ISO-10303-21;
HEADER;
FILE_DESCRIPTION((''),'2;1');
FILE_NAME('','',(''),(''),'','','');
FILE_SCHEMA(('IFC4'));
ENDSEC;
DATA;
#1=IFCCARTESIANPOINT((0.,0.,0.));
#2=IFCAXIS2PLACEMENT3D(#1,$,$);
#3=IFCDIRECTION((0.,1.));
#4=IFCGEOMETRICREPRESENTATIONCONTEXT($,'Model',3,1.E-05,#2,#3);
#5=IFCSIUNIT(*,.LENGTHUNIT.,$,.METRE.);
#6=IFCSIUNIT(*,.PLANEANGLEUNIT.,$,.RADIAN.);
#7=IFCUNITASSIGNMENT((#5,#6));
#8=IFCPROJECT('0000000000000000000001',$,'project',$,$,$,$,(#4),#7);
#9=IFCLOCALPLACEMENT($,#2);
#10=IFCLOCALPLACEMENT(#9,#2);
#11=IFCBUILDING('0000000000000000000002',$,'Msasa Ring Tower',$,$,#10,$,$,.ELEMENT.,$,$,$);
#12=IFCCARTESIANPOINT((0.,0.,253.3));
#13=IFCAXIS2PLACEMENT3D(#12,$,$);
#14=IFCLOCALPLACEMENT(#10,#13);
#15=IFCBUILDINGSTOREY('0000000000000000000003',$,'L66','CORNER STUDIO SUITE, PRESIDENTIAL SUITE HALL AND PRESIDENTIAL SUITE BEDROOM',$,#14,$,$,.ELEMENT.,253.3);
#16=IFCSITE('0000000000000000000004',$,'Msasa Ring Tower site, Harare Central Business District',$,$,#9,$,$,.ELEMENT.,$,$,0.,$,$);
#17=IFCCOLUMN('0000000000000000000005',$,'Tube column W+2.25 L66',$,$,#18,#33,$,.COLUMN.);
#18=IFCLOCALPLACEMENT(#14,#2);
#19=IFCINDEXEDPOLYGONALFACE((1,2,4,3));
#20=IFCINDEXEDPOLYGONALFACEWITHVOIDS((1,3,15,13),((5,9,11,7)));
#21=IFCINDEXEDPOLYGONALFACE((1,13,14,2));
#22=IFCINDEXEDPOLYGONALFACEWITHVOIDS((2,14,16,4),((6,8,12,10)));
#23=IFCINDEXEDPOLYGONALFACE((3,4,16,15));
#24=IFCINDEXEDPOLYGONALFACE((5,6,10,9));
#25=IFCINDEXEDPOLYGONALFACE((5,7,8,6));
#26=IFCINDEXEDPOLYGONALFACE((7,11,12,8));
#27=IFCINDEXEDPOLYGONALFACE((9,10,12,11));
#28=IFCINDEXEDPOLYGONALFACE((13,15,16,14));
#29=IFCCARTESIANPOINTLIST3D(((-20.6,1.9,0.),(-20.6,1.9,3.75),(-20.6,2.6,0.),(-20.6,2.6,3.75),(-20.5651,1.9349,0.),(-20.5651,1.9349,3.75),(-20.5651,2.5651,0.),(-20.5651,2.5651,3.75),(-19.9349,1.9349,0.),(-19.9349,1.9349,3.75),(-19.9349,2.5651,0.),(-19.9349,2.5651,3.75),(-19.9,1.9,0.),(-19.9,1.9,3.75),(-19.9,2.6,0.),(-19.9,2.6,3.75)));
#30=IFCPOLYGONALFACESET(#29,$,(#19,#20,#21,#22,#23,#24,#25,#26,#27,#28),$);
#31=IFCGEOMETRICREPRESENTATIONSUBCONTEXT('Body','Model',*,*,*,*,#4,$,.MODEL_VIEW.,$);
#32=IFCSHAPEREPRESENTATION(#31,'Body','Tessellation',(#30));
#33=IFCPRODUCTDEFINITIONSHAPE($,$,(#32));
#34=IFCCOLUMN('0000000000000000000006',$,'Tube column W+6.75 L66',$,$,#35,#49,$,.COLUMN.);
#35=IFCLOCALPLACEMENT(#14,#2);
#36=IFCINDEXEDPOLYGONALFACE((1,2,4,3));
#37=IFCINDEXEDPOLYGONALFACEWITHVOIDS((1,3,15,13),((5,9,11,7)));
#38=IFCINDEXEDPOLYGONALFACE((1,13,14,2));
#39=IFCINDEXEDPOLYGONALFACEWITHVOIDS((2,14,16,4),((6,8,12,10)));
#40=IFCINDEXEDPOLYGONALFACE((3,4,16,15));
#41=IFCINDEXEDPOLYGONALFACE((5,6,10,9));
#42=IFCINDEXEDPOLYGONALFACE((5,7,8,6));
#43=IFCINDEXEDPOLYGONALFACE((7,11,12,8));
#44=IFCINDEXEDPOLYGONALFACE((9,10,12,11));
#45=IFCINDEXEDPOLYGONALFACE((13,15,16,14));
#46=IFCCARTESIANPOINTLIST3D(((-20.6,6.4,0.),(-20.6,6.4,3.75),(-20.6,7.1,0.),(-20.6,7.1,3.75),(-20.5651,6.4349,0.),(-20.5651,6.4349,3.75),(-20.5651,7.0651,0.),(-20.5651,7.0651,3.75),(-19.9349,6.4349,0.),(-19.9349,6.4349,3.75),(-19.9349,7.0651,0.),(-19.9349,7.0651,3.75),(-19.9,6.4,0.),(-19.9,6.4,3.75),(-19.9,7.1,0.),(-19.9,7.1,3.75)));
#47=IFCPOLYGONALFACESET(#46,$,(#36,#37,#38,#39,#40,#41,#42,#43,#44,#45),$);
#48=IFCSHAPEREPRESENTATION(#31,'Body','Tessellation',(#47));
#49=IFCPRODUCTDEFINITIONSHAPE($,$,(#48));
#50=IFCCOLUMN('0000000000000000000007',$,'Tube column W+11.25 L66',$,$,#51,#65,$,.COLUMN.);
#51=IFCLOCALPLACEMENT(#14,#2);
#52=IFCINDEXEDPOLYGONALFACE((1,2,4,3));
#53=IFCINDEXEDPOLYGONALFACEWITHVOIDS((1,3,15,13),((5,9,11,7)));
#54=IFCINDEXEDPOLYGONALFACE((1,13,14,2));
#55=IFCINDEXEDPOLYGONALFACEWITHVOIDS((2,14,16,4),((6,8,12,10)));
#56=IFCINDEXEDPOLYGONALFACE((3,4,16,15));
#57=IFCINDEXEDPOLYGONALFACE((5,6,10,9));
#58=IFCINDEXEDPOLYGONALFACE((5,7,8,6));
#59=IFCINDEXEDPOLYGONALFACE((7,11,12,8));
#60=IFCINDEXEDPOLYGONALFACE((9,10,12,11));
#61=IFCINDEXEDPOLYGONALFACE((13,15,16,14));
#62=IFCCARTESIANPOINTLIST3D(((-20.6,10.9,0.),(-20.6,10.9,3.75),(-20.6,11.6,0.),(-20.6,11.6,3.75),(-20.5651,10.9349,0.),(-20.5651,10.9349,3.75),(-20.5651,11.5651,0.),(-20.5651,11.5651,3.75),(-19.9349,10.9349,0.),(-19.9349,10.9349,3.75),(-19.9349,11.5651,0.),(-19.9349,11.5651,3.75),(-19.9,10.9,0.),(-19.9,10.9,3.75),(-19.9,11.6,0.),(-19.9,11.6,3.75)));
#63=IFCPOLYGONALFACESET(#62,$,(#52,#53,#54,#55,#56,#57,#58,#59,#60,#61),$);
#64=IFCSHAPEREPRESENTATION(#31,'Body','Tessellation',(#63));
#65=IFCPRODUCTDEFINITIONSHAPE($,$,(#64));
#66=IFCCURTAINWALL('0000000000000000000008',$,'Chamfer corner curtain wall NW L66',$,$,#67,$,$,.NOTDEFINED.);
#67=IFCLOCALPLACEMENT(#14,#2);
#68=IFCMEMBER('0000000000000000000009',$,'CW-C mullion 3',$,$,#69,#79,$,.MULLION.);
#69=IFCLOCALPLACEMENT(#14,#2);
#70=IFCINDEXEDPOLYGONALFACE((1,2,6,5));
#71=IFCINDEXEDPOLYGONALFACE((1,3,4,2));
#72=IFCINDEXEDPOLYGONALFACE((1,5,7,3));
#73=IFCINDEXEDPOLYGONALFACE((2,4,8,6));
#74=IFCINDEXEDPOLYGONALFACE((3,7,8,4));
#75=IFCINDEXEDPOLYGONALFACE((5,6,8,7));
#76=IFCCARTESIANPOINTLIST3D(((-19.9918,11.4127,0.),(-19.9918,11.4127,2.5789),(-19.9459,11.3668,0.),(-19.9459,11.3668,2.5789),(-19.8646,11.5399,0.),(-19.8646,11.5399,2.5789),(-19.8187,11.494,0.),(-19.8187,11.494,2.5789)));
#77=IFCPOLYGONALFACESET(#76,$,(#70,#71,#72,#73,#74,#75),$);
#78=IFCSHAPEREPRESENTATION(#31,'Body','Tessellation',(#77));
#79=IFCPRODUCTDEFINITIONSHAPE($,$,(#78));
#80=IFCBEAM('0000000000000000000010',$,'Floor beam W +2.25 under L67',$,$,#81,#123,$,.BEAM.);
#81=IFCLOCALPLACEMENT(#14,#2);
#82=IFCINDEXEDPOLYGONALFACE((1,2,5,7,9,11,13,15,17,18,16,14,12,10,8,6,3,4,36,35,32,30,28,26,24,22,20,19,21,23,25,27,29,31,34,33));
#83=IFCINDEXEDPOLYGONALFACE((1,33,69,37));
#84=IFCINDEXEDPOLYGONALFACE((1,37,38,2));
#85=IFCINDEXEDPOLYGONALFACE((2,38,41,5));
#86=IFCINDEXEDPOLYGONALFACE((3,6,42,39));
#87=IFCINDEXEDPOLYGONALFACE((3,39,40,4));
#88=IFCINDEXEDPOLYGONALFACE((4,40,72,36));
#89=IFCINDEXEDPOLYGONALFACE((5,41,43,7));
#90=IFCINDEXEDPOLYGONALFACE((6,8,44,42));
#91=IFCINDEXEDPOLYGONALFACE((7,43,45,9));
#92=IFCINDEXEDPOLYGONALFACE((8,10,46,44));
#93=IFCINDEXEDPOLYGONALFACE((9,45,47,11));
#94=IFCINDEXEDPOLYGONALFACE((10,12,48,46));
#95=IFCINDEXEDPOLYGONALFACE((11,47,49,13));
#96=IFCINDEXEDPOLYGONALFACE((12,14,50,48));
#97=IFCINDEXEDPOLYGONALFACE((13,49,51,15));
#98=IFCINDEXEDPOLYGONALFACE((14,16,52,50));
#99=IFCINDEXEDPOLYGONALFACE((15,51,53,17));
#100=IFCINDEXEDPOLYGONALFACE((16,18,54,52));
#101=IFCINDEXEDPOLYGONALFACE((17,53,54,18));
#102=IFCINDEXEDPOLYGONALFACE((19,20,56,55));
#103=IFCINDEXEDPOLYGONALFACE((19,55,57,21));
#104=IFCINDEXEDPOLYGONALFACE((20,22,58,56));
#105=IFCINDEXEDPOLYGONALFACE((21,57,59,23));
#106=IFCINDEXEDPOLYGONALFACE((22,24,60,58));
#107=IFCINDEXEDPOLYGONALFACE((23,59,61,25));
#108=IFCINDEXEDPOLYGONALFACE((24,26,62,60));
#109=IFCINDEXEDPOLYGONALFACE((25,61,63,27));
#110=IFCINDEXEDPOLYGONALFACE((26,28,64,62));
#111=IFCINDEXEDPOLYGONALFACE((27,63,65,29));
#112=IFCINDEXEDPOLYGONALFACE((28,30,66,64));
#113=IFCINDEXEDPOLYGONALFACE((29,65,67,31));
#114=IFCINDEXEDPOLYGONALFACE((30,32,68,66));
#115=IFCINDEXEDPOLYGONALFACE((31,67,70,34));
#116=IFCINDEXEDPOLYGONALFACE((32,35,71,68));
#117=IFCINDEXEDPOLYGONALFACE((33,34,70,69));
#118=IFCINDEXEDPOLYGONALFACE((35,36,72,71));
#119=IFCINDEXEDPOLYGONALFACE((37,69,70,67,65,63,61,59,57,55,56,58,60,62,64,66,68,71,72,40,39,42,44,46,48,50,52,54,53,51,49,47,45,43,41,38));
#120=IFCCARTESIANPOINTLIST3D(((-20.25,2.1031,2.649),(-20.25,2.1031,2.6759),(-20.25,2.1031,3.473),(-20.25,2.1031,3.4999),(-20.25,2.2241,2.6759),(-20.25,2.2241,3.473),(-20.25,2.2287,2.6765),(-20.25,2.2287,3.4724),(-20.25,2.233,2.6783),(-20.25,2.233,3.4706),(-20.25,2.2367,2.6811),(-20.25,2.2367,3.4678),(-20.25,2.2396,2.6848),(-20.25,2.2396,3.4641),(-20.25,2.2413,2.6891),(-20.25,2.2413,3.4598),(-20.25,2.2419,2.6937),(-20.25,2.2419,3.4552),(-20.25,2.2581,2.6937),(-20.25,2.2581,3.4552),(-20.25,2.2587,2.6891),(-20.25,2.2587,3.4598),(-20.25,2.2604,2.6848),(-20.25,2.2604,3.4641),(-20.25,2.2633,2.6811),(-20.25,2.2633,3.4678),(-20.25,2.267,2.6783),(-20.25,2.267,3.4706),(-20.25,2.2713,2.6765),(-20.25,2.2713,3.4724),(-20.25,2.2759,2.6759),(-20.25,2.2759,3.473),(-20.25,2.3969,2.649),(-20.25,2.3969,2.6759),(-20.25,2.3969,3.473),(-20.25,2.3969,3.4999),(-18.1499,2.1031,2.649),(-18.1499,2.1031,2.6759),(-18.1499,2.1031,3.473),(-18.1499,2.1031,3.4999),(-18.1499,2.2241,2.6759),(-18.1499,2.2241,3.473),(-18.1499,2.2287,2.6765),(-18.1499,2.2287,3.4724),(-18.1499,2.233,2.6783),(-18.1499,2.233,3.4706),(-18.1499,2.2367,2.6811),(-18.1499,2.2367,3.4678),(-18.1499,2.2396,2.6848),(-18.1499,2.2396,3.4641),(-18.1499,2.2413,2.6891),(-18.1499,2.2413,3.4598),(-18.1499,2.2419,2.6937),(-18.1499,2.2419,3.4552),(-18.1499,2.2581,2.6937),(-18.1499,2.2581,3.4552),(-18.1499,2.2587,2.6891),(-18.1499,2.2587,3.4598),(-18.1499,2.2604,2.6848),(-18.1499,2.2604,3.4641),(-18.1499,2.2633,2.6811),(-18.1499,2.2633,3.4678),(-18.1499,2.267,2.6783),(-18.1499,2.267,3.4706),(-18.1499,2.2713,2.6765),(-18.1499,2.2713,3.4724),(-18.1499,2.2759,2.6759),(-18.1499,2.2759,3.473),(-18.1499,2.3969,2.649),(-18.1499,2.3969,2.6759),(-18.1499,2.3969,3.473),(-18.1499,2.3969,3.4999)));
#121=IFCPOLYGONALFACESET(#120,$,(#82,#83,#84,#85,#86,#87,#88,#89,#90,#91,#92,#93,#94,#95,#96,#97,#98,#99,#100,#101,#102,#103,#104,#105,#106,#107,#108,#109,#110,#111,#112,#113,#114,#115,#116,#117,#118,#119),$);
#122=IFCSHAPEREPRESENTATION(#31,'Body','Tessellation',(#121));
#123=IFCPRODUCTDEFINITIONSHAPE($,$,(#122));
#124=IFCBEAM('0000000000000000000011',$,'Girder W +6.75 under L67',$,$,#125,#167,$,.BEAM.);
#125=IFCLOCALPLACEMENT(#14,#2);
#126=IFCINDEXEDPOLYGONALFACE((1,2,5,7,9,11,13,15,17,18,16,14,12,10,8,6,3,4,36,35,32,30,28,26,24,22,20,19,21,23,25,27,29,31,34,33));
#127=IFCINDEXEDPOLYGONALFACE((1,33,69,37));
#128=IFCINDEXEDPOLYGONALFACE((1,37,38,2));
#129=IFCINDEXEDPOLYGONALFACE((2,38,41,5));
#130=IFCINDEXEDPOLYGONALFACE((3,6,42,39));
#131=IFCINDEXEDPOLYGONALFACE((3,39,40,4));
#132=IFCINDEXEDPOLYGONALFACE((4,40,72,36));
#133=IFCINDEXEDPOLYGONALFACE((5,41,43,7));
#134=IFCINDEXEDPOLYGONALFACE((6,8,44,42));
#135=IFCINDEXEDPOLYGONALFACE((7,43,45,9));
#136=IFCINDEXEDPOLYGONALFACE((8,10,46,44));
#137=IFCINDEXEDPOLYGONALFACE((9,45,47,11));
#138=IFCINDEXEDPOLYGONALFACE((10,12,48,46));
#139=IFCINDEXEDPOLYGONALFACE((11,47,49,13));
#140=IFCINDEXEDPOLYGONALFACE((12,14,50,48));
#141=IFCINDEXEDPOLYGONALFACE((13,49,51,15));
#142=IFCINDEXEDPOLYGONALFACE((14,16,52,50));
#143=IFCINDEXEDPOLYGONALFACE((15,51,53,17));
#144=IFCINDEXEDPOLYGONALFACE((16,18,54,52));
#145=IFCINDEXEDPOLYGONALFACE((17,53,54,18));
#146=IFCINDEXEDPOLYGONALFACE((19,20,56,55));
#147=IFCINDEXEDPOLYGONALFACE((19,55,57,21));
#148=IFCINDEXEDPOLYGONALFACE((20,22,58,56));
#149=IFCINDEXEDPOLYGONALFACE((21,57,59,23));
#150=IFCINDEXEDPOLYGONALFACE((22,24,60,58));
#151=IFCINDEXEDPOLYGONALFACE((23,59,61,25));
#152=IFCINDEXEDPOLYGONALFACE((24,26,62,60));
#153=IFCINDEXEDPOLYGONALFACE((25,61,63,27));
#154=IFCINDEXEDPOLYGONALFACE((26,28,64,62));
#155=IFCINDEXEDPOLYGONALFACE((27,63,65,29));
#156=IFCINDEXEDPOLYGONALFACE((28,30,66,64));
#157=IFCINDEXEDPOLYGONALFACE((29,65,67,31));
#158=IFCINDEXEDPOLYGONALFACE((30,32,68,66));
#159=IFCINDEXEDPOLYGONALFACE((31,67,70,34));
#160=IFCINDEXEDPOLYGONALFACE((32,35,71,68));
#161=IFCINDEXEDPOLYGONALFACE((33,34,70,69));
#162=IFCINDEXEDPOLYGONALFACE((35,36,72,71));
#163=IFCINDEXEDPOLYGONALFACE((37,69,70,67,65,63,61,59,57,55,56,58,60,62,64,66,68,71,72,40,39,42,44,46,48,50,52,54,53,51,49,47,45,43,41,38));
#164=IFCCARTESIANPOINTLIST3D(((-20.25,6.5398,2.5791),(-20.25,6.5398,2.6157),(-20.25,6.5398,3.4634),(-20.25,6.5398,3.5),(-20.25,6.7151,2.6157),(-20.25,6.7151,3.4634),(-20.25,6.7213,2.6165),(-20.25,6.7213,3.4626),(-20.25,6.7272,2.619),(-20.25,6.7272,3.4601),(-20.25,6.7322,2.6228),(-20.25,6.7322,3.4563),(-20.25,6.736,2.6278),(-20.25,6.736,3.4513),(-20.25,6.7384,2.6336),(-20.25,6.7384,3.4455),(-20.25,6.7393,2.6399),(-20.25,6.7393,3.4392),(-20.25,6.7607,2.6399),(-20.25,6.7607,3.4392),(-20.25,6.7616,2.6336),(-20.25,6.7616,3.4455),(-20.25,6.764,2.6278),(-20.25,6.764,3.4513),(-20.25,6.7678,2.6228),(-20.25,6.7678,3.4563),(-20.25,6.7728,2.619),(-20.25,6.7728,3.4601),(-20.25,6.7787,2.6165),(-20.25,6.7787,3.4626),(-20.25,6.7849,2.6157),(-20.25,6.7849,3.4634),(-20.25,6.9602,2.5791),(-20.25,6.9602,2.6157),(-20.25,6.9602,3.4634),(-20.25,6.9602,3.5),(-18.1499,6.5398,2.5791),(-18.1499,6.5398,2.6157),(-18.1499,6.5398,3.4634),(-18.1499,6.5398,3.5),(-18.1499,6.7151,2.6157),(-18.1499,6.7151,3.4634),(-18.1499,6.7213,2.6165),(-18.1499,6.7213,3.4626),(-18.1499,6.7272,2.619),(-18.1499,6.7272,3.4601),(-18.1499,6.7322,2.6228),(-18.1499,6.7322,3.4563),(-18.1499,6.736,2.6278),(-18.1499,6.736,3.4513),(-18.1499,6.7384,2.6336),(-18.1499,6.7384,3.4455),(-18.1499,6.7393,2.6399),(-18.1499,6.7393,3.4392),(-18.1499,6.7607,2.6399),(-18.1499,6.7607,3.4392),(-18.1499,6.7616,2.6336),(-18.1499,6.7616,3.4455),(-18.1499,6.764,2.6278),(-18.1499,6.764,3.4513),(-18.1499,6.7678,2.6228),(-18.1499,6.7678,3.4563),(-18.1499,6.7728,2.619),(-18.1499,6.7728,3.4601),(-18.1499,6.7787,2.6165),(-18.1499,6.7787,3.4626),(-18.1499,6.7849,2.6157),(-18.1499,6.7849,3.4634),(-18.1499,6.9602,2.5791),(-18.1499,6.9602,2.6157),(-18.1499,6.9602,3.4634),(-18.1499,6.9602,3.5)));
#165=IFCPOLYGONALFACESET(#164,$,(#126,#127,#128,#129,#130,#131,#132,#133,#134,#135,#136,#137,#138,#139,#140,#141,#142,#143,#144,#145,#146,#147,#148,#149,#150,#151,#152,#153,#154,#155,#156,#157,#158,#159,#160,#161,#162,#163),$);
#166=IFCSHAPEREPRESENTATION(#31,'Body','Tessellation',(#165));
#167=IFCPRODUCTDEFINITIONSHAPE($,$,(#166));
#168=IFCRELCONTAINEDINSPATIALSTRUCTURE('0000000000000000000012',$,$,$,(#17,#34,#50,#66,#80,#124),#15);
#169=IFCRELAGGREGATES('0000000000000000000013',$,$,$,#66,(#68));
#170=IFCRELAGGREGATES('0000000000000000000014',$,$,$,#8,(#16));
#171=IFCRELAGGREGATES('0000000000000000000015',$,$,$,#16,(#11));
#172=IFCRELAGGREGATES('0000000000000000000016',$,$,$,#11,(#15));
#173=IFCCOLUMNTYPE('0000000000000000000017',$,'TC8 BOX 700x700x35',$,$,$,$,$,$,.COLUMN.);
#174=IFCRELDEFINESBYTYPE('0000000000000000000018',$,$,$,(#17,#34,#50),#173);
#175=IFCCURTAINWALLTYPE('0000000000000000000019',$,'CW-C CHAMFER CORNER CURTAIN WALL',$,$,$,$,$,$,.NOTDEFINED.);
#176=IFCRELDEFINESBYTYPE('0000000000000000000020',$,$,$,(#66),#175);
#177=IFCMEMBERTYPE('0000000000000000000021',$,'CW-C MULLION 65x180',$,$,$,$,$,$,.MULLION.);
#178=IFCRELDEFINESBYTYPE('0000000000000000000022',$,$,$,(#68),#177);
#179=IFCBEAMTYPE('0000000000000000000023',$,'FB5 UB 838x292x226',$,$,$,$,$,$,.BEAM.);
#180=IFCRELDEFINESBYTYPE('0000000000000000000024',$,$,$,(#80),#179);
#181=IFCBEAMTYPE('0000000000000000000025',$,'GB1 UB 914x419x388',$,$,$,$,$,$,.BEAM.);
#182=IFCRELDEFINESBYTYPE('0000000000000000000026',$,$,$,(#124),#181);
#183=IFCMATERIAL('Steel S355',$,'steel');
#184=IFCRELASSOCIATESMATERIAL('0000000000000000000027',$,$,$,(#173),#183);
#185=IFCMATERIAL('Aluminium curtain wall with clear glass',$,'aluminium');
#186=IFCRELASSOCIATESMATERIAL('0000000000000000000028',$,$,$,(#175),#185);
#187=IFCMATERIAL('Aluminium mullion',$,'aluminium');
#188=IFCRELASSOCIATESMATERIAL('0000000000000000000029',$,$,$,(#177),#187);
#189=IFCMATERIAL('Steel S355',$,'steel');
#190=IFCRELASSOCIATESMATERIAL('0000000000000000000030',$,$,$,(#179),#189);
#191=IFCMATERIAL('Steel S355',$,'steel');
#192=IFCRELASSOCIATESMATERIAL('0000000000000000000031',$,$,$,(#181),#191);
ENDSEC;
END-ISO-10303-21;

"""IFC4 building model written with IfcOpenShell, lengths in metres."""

from ifc_helpers import new_model, si_unit, direction, frame, origin, origin_2d, place, context, subcontext, project, spatial, rectangle, hollow_rectangle, i_section, extrude, material, material_profile, profile_set, type_object, element, aggregate, save


model = new_model("IFC4")

# Units and contexts
model_context = context("Model", 3, precision=1e-05, world=origin(), true_north=direction((0.0, 1.0)))
body_context = subcontext(model_context, "Body", "Model", "MODEL_VIEW")
ifc_project = project(units=[si_unit("LENGTHUNIT", "METRE"), si_unit("PLANEANGLEUNIT", "RADIAN")], contexts=[model_context])

# Site, building, storey
site_placement = place(None, origin())
site = spatial("IfcSite", under=ifc_project, at=site_placement, Name="Msasa Ring Tower site, Harare Central Business District", CompositionType="ELEMENT", RefElevation=0.0)
building_placement = place(site_placement, origin())
building = spatial("IfcBuilding", under=site, at=building_placement, Name="Msasa Ring Tower", CompositionType="ELEMENT")
storey_placement = place(building_placement, frame((0.0, 0.0, 253.3)))
storey = spatial("IfcBuildingStorey", under=building, at=storey_placement, Name="L66", Description="CORNER STUDIO SUITE, PRESIDENTIAL SUITE HALL AND PRESIDENTIAL SUITE BEDROOM", CompositionType="ELEMENT", Elevation=253.3)

# Columns
ifc_material_1 = material(Name="Steel S355", Category="steel")
ifc_material_profile_1 = material_profile(ifc_material_1, hollow_rectangle(XDim=0.7, YDim=0.7, WallThickness=0.0349, at=origin_2d()), Name="BOX 700x700x35")
ifc_profile_set_1 = profile_set([ifc_material_profile_1], Name="Steel S355")
column_type = type_object("IfcColumnType", Name="TC8 BOX 700x700x35", PredefinedType="COLUMN", material=ifc_profile_set_1)
for number, where, z_axis, x_axis, name in (
    (1, (-20.25, 2.25, 0.0), (0.0, 0.0, 1.0), (1.0, 0.0, 0.0), "Tube column W+2.25 L66"),
    (2, (-20.25, 6.75, 0.0), (0.0, 0.0, 1.0), (1.0, 0.0, 0.0), "Tube column W+6.75 L66"),
    (3, (-20.25, 11.25, 0.0), (0.0, 0.0, 1.0), (1.0, 0.0, 0.0), "Tube column W+11.25 L66"),
):
    element("IfcColumn", number, at=place(storey_placement, frame(where, z_axis=z_axis, x_axis=x_axis)), inside=storey, type_object=column_type, Name=name, PredefinedType="COLUMN", context=body_context, shape_type="SweptSolid", body=[
        extrude(hollow_rectangle(XDim=0.7, YDim=0.7, WallThickness=0.0349, at=origin_2d()), origin(), (0.0, 0.0, 1.0), 3.75),
    ])

# Curtain wall, member
ifc_material_2 = material(Name="Aluminium curtain wall with clear glass", Category="aluminium")
curtain_wall_type = type_object("IfcCurtainWallType", Name="CW-C CHAMFER CORNER CURTAIN WALL", PredefinedType="NOTDEFINED", material=ifc_material_2)
curtain_wall_placement = place(storey_placement, origin())
curtain_wall = element("IfcCurtainWall", 4, at=curtain_wall_placement, inside=storey, type_object=curtain_wall_type, Name="Chamfer corner curtain wall NW L66", PredefinedType="NOTDEFINED")
ifc_material_3 = material(Name="Aluminium mullion", Category="aluminium")
ifc_material_profile_2 = material_profile(ifc_material_3, rectangle(XDim=0.0649, YDim=0.1799, at=origin_2d()), Name="AL 65x180")
ifc_profile_set_2 = profile_set([ifc_material_profile_2], Name="Aluminium mullion")
member_type = type_object("IfcMemberType", Name="CW-C MULLION 65x180", PredefinedType="MULLION", material=ifc_profile_set_2)
member_placement = place(storey_placement, frame((-19.9053, 11.4534, 0.0), z_axis=(0.0, 0.0, 1.0), x_axis=(0.707107, -0.707107, 0.0)))
member = element("IfcMember", 5, at=member_placement, type_object=member_type, Name="CW-C mullion 3", PredefinedType="MULLION", context=body_context, shape_type="SweptSolid", body=[
    extrude(rectangle(XDim=0.0649, YDim=0.1799, at=origin_2d()), origin(), (0.0, 0.0, 1.0), 2.5789),
])
aggregate(curtain_wall, [member])

# Beams
ifc_material_4 = material(Name="Steel S355", Category="steel")
ifc_material_profile_3 = material_profile(ifc_material_4, i_section(OverallWidth=0.2937, OverallDepth=0.8508, WebThickness=0.0161, FlangeThickness=0.0269, FilletRadius=0.0178, at=origin_2d()), Name="UB 838x292x226")
ifc_profile_set_3 = profile_set([ifc_material_profile_3], Name="Steel S355")
beam_type_1 = type_object("IfcBeamType", Name="FB5 UB 838x292x226", PredefinedType="BEAM", material=ifc_profile_set_3)
beam_1_placement = place(storey_placement, frame((-20.25, 2.25, 3.0745), z_axis=(1.0, 0.0, 0.0), x_axis=(0.0, 1.0, 0.0)))
element("IfcBeam", 6, at=beam_1_placement, inside=storey, type_object=beam_type_1, Name="Floor beam W +2.25 under L67", PredefinedType="BEAM", context=body_context, shape_type="SweptSolid", body=[
    extrude(i_section(OverallWidth=0.2937, OverallDepth=0.8508, WebThickness=0.0161, FlangeThickness=0.0269, FilletRadius=0.0178, at=origin_2d()), origin(), (0.0, 0.0, 1.0), 2.1001),
])
ifc_material_5 = material(Name="Steel S355", Category="steel")
ifc_material_profile_4 = material_profile(ifc_material_5, i_section(OverallWidth=0.4204, OverallDepth=0.9209, WebThickness=0.0215, FlangeThickness=0.0366, FilletRadius=0.0242, at=origin_2d()), Name="UB 914x419x388")
ifc_profile_set_4 = profile_set([ifc_material_profile_4], Name="Steel S355")
beam_type_2 = type_object("IfcBeamType", Name="GB1 UB 914x419x388", PredefinedType="BEAM", material=ifc_profile_set_4)
beam_2_placement = place(storey_placement, frame((-18.1499, 6.75, 3.0396), z_axis=(-1.0, 0.0, 0.0), x_axis=(0.0, -1.0, 0.0)))
element("IfcBeam", 7, at=beam_2_placement, inside=storey, type_object=beam_type_2, Name="Girder W +6.75 under L67", PredefinedType="BEAM", context=body_context, shape_type="SweptSolid", body=[
    extrude(i_section(OverallWidth=0.4204, OverallDepth=0.9209, WebThickness=0.0215, FlangeThickness=0.0366, FilletRadius=0.0242, at=origin_2d()), origin(), (0.0, 0.0, 1.0), 2.1001),
])

save(model, "model.ifc")
